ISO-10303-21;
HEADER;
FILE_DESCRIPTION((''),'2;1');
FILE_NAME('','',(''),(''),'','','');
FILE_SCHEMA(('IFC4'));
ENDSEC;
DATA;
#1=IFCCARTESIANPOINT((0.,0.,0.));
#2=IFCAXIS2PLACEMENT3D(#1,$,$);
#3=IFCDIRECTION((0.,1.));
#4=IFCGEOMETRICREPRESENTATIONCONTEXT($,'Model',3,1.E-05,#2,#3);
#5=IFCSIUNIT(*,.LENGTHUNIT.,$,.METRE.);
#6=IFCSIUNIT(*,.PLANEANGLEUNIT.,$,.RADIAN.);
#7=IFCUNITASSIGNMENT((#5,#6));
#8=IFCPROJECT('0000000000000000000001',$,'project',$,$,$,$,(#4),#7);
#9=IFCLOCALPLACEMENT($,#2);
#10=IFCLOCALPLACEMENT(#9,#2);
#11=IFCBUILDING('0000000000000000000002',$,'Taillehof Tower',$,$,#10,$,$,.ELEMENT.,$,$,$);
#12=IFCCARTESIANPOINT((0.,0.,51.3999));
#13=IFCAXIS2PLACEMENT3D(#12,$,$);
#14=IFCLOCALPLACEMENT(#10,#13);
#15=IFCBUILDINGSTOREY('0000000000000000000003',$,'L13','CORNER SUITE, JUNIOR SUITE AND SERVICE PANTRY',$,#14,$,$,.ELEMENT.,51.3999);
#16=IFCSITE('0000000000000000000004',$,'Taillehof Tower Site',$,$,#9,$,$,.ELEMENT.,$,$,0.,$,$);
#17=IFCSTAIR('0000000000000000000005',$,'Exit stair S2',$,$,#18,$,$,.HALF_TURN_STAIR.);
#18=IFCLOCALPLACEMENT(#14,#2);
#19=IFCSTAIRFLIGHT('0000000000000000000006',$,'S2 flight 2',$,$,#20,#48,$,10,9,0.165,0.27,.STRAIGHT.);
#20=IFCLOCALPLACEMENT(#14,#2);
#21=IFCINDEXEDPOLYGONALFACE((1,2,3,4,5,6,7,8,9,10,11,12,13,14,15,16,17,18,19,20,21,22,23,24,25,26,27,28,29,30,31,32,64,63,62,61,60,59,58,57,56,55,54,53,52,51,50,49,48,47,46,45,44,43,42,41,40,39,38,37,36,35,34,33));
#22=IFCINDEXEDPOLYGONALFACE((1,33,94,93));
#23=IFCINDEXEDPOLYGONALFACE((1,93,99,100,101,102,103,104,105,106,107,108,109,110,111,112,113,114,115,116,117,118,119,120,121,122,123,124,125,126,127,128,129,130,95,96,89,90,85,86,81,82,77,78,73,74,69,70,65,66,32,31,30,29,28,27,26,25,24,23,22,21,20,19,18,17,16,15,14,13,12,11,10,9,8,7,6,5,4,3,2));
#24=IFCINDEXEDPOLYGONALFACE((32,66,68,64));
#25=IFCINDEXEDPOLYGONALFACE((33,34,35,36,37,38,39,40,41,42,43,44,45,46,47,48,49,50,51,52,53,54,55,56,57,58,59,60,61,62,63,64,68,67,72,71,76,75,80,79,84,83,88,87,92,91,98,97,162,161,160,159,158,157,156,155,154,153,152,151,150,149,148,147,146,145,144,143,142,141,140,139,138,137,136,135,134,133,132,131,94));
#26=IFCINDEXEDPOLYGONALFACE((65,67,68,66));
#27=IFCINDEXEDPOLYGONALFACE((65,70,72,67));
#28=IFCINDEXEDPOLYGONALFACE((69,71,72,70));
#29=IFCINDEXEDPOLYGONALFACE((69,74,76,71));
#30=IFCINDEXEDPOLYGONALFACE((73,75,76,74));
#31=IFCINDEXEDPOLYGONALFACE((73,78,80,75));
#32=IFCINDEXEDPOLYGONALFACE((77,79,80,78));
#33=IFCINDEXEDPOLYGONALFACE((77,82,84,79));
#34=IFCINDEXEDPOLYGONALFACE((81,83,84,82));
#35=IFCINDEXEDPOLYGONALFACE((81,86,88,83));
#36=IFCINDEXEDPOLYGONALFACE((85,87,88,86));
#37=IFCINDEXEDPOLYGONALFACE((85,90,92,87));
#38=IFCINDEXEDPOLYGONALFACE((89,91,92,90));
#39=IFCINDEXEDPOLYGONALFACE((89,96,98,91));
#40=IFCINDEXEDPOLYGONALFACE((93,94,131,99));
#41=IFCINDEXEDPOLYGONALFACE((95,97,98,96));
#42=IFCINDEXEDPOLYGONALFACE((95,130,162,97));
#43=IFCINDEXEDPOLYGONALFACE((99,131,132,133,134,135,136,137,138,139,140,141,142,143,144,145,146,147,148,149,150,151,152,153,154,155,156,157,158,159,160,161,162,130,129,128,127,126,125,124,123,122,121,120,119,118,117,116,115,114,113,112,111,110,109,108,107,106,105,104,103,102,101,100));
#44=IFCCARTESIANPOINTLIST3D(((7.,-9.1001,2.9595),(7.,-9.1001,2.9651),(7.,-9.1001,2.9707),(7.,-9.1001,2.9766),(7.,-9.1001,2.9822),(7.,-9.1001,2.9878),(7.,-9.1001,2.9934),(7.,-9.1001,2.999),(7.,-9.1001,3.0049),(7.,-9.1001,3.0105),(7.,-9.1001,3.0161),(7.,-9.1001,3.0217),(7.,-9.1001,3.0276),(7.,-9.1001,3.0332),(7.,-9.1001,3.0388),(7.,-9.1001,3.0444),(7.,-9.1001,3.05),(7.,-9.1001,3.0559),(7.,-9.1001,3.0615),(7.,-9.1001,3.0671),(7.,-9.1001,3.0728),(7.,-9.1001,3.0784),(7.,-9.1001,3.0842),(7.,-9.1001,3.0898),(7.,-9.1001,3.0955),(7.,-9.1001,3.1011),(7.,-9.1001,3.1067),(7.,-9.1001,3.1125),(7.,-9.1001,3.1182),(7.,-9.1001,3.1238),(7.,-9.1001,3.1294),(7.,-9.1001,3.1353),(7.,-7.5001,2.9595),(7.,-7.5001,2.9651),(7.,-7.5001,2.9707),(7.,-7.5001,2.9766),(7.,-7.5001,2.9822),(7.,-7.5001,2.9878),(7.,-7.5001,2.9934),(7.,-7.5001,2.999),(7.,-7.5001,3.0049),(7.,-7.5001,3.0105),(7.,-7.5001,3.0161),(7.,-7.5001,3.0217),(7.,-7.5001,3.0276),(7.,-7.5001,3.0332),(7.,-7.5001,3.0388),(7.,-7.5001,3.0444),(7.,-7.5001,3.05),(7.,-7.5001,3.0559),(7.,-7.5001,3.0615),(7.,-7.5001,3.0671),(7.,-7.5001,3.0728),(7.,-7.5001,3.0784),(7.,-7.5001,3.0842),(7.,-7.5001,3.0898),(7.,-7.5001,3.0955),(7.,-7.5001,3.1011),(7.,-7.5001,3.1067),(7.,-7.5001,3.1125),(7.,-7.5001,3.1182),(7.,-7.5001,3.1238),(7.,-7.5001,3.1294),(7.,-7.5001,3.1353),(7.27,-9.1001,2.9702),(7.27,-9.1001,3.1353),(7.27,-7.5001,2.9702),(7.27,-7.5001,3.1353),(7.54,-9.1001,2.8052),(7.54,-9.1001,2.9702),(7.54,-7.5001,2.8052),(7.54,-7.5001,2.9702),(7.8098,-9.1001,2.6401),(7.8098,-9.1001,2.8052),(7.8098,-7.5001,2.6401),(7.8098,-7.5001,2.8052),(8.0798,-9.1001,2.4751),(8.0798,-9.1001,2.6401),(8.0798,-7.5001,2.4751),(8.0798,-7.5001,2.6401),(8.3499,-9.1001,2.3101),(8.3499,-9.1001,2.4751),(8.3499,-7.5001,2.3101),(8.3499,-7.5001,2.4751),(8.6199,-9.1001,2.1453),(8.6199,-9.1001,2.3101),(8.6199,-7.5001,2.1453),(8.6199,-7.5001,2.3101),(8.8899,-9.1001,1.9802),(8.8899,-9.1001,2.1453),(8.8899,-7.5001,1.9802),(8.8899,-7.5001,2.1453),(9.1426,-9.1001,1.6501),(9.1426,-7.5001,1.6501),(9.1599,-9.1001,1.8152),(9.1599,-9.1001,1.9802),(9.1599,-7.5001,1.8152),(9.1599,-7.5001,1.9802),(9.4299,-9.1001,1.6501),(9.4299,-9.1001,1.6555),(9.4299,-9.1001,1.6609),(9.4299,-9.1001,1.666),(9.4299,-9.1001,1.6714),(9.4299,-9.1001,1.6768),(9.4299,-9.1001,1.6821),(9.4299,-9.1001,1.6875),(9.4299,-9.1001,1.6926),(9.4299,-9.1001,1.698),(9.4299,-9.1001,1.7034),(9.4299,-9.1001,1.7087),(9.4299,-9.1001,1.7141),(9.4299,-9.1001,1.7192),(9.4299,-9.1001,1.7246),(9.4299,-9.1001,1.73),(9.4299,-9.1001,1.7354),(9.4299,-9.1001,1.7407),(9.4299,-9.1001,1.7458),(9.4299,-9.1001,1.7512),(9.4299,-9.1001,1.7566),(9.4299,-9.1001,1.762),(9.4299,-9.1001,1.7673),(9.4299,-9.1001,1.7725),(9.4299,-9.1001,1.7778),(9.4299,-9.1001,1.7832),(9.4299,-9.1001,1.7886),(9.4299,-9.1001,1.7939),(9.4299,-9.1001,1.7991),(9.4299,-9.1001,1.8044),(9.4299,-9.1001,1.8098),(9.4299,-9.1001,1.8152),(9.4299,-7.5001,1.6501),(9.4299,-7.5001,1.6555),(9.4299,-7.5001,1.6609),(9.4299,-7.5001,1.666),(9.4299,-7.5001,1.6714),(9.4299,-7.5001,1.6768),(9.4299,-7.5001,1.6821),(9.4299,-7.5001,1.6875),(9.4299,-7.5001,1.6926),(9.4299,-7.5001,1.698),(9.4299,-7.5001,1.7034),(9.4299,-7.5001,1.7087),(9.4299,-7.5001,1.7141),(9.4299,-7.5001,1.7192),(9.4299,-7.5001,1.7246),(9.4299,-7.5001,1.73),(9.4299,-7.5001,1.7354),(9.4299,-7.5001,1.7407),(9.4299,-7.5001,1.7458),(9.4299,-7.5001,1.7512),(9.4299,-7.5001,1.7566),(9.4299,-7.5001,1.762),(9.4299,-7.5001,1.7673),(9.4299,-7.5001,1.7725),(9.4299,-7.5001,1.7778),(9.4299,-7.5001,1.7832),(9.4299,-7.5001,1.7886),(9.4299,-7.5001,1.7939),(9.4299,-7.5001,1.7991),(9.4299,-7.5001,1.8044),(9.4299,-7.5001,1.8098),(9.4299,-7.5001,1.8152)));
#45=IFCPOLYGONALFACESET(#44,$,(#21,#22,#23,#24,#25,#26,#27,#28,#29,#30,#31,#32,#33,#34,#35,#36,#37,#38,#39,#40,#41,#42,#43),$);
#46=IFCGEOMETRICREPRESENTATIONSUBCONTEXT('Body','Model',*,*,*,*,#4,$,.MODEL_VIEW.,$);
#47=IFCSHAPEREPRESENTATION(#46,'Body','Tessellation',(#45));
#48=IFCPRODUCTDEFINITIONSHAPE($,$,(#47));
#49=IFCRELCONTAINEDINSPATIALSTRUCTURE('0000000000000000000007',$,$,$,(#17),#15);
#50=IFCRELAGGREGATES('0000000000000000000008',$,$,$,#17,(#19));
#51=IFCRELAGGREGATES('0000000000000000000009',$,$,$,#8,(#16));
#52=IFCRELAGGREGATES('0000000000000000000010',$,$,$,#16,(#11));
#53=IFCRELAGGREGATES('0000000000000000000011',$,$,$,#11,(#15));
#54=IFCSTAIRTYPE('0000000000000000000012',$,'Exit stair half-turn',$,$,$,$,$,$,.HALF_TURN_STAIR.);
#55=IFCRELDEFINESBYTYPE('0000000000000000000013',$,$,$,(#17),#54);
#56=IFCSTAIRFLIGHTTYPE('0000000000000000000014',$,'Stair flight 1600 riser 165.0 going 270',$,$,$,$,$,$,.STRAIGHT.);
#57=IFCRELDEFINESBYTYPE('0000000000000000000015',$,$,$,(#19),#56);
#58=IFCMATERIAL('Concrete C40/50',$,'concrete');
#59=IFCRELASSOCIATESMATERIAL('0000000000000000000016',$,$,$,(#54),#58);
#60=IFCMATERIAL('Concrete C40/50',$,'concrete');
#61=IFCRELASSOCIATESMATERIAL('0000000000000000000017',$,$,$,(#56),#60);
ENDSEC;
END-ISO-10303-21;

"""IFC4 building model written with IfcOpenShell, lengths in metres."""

from ifc_helpers import new_model, si_unit, direction, frame, origin, place, context, subcontext, project, spatial, polyline, outline, extrude, material, type_object, element, aggregate, save


model = new_model("IFC4")

# Units and contexts
model_context = context("Model", 3, precision=1e-05, world=origin(), true_north=direction((0.0, 1.0)))
body_context = subcontext(model_context, "Body", "Model", "MODEL_VIEW")
ifc_project = project(units=[si_unit("LENGTHUNIT", "METRE"), si_unit("PLANEANGLEUNIT", "RADIAN")], contexts=[model_context])

# Site, building, storey
site_placement = place(None, origin())
site = spatial("IfcSite", under=ifc_project, at=site_placement, Name="Taillehof Tower Site", CompositionType="ELEMENT", RefElevation=0.0)
building_placement = place(site_placement, origin())
building = spatial("IfcBuilding", under=site, at=building_placement, Name="Taillehof Tower", CompositionType="ELEMENT")
storey_placement = place(building_placement, frame((0.0, 0.0, 51.3999)))
storey = spatial("IfcBuildingStorey", under=building, at=storey_placement, Name="L13", Description="CORNER SUITE, JUNIOR SUITE AND SERVICE PANTRY", CompositionType="ELEMENT", Elevation=51.3999)

# Stair
ifc_material_1 = material(Name="Concrete C40/50", Category="concrete")
stair_type = type_object("IfcStairType", Name="Exit stair half-turn", PredefinedType="HALF_TURN_STAIR", material=ifc_material_1)
stair_1_placement = place(storey_placement, origin())
stair_1 = element("IfcStair", 1, at=stair_1_placement, inside=storey, type_object=stair_type, Name="Exit stair S2", PredefinedType="HALF_TURN_STAIR")

# Stair flight
ifc_material_2 = material(Name="Concrete C40/50", Category="concrete")
stair_flight_type = type_object("IfcStairFlightType", Name="Stair flight 1600 riser 165.0 going 270", PredefinedType="STRAIGHT", material=ifc_material_2)
stair_flight_1_placement = place(storey_placement, frame((9.4299, -8.3, 1.6501), z_axis=(0.0, 0.0, 1.0), x_axis=(-1.0, 0.0, 0.0)))
stair_flight_1 = element("IfcStairFlight", 2, at=stair_flight_1_placement, type_object=stair_flight_type, Name="S2 flight 2", NumberOfRisers=10, NumberOfTreads=9, PredefinedType="STRAIGHT", RiserHeight=0.165, TreadLength=0.27, context=body_context, shape_type="SweptSolid", body=[
    extrude(outline(polyline([(0.0, 0.0), (0.0, 0.0054), (0.0, 0.0107), (0.0, 0.0159), (0.0, 0.0212), (0.0, 0.0266), (0.0, 0.032), (0.0, 0.0374), (0.0, 0.0425), (0.0, 0.0479), (0.0, 0.0532), (0.0, 0.0586), (0.0, 0.064), (0.0, 0.0691), (0.0, 0.0745), (0.0, 0.0798), (0.0, 0.0852), (0.0, 0.0906), (0.0, 0.0957), (0.0, 0.1011), (0.0, 0.1064), (0.0, 0.1118), (0.0, 0.1172), (0.0, 0.1223), (0.0, 0.1277), (0.0, 0.1331), (0.0, 0.1384), (0.0, 0.1438), (0.0, 0.1489), (0.0, 0.1543), (0.0, 0.1597), (0.0, 0.165), (0.27, 0.165), (0.27, 0.3301), (0.54, 0.3301), (0.54, 0.4951), (0.8101, 0.4951), (0.8101, 0.6599), (1.0801, 0.6599), (1.0801, 0.825), (1.3501, 0.825), (1.3501, 0.99), (1.6201, 0.99), (1.6201, 1.155), (1.8899, 1.155), (1.8899, 1.3201), (2.1599, 1.3201), (2.1599, 1.4851), (2.4299, 1.4851), (2.4299, 1.4792), (2.4299, 1.4736), (2.4299, 1.468), (2.4299, 1.4624), (2.4299, 1.4565), (2.4299, 1.4509), (2.4299, 1.4453), (2.4299, 1.4397), (2.4299, 1.4341), (2.4299, 1.4282), (2.4299, 1.4226), (2.4299, 1.417), (2.4299, 1.4114), (2.4299, 1.4058), (2.4299, 1.3999), (2.4299, 1.3943), (2.4299, 1.3887), (2.4299, 1.3831), (2.4299, 1.3774), (2.4299, 1.3716), (2.4299, 1.366), (2.4299, 1.3604), (2.4299, 1.3547), (2.4299, 1.3489), (2.4299, 1.3433), (2.4299, 1.3376), (2.4299, 1.332), (2.4299, 1.3264), (2.4299, 1.3206), (2.4299, 1.3149), (2.4299, 1.3093), (0.2874, 0.0), (0.0, 0.0)])), frame((0.0, 0.8, 0.0), z_axis=(0.0, -1.0, 0.0), x_axis=(1.0, 0.0, 0.0)), (0.0, 0.0, 1.0), 1.6),
])
aggregate(stair_1, [stair_flight_1])

save(model, "model.ifc")
